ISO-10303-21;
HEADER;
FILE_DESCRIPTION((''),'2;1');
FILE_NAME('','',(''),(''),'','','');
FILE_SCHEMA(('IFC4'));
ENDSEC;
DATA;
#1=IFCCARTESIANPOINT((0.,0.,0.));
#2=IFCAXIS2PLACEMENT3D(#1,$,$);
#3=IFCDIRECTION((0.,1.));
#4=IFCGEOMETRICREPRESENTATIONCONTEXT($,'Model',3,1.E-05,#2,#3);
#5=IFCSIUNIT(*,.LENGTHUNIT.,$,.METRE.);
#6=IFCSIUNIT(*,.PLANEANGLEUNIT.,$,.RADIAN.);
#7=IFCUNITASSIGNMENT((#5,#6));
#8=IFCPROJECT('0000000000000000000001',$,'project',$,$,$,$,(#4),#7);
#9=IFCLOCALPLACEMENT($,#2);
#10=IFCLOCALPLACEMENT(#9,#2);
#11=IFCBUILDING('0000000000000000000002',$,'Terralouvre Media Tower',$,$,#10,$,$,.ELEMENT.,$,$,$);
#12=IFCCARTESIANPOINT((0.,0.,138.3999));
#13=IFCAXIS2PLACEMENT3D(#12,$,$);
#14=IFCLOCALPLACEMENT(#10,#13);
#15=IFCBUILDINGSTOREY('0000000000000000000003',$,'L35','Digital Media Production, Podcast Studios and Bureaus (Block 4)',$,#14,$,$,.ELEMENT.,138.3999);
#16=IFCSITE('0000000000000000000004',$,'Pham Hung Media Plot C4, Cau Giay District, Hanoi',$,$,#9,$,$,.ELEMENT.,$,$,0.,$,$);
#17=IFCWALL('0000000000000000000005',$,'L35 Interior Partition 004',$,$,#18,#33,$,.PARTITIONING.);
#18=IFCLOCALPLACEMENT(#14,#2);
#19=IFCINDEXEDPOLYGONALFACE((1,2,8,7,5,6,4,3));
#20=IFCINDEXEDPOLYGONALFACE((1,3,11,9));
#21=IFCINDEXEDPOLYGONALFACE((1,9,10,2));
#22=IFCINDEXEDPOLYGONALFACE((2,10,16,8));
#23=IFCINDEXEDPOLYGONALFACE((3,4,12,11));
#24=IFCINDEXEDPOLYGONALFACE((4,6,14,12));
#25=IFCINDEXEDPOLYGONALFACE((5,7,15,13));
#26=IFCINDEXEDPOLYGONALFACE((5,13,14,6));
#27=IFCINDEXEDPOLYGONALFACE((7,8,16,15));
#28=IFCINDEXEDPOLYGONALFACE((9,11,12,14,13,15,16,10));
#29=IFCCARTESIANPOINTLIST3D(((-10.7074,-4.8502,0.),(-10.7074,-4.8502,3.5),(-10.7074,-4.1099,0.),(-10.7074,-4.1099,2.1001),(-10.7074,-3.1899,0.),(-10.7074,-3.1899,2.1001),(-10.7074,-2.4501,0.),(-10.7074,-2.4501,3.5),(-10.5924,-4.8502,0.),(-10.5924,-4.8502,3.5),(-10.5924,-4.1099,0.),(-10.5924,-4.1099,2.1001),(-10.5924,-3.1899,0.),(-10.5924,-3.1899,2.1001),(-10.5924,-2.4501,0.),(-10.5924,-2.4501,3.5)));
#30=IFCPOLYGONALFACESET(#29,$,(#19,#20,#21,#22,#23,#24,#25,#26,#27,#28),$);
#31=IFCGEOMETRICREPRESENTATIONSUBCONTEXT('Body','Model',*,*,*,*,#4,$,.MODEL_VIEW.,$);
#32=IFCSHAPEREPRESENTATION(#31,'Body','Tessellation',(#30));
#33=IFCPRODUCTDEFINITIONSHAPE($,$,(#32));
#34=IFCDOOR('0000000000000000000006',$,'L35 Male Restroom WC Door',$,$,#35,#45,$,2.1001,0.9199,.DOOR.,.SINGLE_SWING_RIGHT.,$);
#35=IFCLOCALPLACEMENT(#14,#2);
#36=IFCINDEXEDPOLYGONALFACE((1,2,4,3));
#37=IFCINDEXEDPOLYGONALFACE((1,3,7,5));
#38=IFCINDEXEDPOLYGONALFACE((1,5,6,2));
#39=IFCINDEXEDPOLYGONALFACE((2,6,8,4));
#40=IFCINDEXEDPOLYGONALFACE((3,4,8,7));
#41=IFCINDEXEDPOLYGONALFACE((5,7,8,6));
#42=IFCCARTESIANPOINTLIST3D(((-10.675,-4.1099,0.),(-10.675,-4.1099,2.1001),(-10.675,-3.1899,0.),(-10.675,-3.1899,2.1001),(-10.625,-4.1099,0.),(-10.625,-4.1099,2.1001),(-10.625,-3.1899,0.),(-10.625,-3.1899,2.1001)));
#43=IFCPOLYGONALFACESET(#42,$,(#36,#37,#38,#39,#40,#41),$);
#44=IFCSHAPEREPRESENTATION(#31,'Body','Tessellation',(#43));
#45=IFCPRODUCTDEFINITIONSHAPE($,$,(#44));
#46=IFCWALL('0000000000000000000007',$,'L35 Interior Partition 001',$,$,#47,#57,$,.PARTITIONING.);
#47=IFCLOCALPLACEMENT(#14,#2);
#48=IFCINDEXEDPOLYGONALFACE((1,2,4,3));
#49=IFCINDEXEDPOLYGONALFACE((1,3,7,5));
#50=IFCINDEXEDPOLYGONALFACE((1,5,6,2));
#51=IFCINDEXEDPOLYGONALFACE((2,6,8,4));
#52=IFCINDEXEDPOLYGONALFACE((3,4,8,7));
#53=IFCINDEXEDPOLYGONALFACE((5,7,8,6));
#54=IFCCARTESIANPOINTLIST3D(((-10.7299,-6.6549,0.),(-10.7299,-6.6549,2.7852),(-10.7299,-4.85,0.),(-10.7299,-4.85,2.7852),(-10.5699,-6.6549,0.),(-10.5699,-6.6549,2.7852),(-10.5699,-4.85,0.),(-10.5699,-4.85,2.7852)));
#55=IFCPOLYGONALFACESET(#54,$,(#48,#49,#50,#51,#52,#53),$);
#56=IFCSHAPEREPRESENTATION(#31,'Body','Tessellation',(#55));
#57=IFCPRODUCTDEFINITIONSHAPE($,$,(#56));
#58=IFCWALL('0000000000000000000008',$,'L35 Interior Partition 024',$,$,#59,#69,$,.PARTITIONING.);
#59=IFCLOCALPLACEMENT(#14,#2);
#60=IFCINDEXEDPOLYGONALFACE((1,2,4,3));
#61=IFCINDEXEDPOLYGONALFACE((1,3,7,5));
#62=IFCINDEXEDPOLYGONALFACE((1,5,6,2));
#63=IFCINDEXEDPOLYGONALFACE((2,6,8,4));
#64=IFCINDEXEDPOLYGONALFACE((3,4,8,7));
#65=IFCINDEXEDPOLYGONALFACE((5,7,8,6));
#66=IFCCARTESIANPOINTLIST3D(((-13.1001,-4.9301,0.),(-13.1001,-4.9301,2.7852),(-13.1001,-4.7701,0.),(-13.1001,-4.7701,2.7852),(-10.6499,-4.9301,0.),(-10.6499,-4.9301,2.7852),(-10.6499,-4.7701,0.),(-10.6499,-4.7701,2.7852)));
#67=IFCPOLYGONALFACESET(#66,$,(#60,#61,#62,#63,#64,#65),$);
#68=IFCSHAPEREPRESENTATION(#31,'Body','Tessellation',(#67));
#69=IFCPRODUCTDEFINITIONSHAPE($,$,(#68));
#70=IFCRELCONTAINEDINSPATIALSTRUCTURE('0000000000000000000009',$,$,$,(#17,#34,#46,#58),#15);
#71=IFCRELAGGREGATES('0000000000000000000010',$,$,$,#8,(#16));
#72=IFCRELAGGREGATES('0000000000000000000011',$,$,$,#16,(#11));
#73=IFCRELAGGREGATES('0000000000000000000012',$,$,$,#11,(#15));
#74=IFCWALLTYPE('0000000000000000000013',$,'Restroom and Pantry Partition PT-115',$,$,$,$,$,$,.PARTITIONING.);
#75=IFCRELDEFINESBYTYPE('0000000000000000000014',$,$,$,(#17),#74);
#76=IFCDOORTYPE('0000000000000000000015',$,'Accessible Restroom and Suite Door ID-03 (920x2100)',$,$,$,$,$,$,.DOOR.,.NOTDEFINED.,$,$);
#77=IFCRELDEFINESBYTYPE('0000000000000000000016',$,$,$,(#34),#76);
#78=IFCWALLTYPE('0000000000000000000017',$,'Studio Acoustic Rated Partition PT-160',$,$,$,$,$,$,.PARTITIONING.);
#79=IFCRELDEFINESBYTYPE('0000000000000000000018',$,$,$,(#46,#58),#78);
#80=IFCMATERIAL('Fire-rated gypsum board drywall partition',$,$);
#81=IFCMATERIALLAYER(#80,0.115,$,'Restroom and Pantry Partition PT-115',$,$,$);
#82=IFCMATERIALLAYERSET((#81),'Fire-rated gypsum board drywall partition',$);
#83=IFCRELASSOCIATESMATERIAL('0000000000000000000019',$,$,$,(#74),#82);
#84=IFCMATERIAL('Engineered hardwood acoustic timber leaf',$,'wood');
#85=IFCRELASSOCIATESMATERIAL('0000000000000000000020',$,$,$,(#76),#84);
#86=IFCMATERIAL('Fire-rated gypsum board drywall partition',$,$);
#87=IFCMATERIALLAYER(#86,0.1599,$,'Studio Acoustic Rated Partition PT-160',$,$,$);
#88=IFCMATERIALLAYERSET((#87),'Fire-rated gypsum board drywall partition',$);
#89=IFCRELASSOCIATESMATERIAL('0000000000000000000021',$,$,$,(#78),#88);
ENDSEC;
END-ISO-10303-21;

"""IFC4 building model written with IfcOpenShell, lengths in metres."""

from ifc_helpers import new_model, si_unit, direction, frame, frame_2d, origin, place, context, subcontext, project, spatial, rectangle, extrude, material, layer, layer_set, type_object, element, fill, save


model = new_model("IFC4")

# Units and contexts
model_context = context("Model", 3, precision=1e-05, world=origin(), true_north=direction((0.0, 1.0)))
body_context = subcontext(model_context, "Body", "Model", "MODEL_VIEW")
ifc_project = project(units=[si_unit("LENGTHUNIT", "METRE"), si_unit("PLANEANGLEUNIT", "RADIAN")], contexts=[model_context])

# Site, building, storey
site_placement = place(None, origin())
site = spatial("IfcSite", under=ifc_project, at=site_placement, Name="Pham Hung Media Plot C4, Cau Giay District, Hanoi", CompositionType="ELEMENT", RefElevation=0.0)
building_placement = place(site_placement, origin())
building = spatial("IfcBuilding", under=site, at=building_placement, Name="Terralouvre Media Tower", CompositionType="ELEMENT")
storey_placement = place(building_placement, frame((0.0, 0.0, 138.3999)))
storey = spatial("IfcBuildingStorey", under=building, at=storey_placement, Name="L35", Description="Digital Media Production, Podcast Studios and Bureaus (Block 4)", CompositionType="ELEMENT", Elevation=138.3999)

# Wall, opening, door
ifc_material_1 = material(Name="Fire-rated gypsum board drywall partition")
ifc_layer_1 = layer(ifc_material_1, 0.115, Name="Restroom and Pantry Partition PT-115")
ifc_layer_set_1 = layer_set([ifc_layer_1], Name="Fire-rated gypsum board drywall partition")
wall_type_1 = type_object("IfcWallType", Name="Restroom and Pantry Partition PT-115", PredefinedType="PARTITIONING", material=ifc_layer_set_1)
wall_1_placement = place(storey_placement, frame((-10.6499, -2.45, 0.0), z_axis=(0.0, 0.0, 1.0), x_axis=(0.0, -1.0, 0.0)))
wall_1 = element("IfcWall", 1, at=wall_1_placement, inside=storey, type_object=wall_type_1, Name="L35 Interior Partition 004", PredefinedType="PARTITIONING", context=body_context, shape_type="SweptSolid", body=[
    extrude(rectangle(XDim=2.4001, YDim=0.115, at=frame_2d((1.2002, 0.0))), origin(), (0.0, 0.0, 1.0), 3.5),
])
opening_1_placement = place(wall_1_placement, frame((0.74, 0.0, 0.0)))
opening_1 = element("IfcOpeningElement", 2, at=opening_1_placement, cuts=wall_1, PredefinedType="OPENING", context=body_context, shape_type="SweptSolid", body=[
    extrude(rectangle(XDim=0.9199, YDim=2.1001, at=frame_2d((0.46, 1.05))), frame((0.0, 0.0674, 0.0), z_axis=(0.0, -1.0, 0.0), x_axis=(1.0, 0.0, 0.0)), (0.0, 0.0, 1.0), 0.135),
])
ifc_material_2 = material(Name="Engineered hardwood acoustic timber leaf", Category="wood")
door_type_1 = type_object("IfcDoorType", Name="Accessible Restroom and Suite Door ID-03 (920x2100)", OperationType="NOTDEFINED", PredefinedType="DOOR", material=ifc_material_2)
door_1_placement = place(opening_1_placement, origin())
door_1 = element("IfcDoor", 3, at=door_1_placement, inside=storey, type_object=door_type_1, Name="L35 Male Restroom WC Door", OperationType="SINGLE_SWING_RIGHT", OverallHeight=2.1001, OverallWidth=0.9199, PredefinedType="DOOR", context=body_context, shape_type="SweptSolid", body=[
    extrude(rectangle(XDim=0.9199, YDim=2.1001, at=frame_2d((0.46, 1.05))), frame((0.0, 0.0249, 0.0), z_axis=(0.0, -1.0, 0.0), x_axis=(1.0, 0.0, 0.0)), (0.0, 0.0, 1.0), 0.05),
])
fill(opening_1, door_1)

# Walls
ifc_material_3 = material(Name="Fire-rated gypsum board drywall partition")
ifc_layer_2 = layer(ifc_material_3, 0.1599, Name="Studio Acoustic Rated Partition PT-160")
ifc_layer_set_2 = layer_set([ifc_layer_2], Name="Fire-rated gypsum board drywall partition")
wall_type_2 = type_object("IfcWallType", Name="Studio Acoustic Rated Partition PT-160", PredefinedType="PARTITIONING", material=ifc_layer_set_2)
wall_2_placement = place(storey_placement, frame((-10.6499, -4.8501, 0.0), z_axis=(0.0, 0.0, 1.0), x_axis=(0.0, -1.0, 0.0)))
element("IfcWall", 4, at=wall_2_placement, inside=storey, type_object=wall_type_2, Name="L35 Interior Partition 001", PredefinedType="PARTITIONING", context=body_context, shape_type="SweptSolid", body=[
    extrude(rectangle(XDim=1.8049, YDim=0.1599, at=frame_2d((0.9023, 0.0))), origin(), (0.0, 0.0, 1.0), 2.7852),
])
wall_3_placement = place(storey_placement, frame((-10.6499, -4.8501, 0.0), z_axis=(0.0, 0.0, 1.0), x_axis=(-1.0, 0.0, 0.0)))
element("IfcWall", 5, at=wall_3_placement, inside=storey, type_object=wall_type_2, Name="L35 Interior Partition 024", PredefinedType="PARTITIONING", context=body_context, shape_type="SweptSolid", body=[
    extrude(rectangle(XDim=2.4502, YDim=0.1599, at=frame_2d((1.2251, 0.0))), origin(), (0.0, 0.0, 1.0), 2.7852),
])

save(model, "model.ifc")
